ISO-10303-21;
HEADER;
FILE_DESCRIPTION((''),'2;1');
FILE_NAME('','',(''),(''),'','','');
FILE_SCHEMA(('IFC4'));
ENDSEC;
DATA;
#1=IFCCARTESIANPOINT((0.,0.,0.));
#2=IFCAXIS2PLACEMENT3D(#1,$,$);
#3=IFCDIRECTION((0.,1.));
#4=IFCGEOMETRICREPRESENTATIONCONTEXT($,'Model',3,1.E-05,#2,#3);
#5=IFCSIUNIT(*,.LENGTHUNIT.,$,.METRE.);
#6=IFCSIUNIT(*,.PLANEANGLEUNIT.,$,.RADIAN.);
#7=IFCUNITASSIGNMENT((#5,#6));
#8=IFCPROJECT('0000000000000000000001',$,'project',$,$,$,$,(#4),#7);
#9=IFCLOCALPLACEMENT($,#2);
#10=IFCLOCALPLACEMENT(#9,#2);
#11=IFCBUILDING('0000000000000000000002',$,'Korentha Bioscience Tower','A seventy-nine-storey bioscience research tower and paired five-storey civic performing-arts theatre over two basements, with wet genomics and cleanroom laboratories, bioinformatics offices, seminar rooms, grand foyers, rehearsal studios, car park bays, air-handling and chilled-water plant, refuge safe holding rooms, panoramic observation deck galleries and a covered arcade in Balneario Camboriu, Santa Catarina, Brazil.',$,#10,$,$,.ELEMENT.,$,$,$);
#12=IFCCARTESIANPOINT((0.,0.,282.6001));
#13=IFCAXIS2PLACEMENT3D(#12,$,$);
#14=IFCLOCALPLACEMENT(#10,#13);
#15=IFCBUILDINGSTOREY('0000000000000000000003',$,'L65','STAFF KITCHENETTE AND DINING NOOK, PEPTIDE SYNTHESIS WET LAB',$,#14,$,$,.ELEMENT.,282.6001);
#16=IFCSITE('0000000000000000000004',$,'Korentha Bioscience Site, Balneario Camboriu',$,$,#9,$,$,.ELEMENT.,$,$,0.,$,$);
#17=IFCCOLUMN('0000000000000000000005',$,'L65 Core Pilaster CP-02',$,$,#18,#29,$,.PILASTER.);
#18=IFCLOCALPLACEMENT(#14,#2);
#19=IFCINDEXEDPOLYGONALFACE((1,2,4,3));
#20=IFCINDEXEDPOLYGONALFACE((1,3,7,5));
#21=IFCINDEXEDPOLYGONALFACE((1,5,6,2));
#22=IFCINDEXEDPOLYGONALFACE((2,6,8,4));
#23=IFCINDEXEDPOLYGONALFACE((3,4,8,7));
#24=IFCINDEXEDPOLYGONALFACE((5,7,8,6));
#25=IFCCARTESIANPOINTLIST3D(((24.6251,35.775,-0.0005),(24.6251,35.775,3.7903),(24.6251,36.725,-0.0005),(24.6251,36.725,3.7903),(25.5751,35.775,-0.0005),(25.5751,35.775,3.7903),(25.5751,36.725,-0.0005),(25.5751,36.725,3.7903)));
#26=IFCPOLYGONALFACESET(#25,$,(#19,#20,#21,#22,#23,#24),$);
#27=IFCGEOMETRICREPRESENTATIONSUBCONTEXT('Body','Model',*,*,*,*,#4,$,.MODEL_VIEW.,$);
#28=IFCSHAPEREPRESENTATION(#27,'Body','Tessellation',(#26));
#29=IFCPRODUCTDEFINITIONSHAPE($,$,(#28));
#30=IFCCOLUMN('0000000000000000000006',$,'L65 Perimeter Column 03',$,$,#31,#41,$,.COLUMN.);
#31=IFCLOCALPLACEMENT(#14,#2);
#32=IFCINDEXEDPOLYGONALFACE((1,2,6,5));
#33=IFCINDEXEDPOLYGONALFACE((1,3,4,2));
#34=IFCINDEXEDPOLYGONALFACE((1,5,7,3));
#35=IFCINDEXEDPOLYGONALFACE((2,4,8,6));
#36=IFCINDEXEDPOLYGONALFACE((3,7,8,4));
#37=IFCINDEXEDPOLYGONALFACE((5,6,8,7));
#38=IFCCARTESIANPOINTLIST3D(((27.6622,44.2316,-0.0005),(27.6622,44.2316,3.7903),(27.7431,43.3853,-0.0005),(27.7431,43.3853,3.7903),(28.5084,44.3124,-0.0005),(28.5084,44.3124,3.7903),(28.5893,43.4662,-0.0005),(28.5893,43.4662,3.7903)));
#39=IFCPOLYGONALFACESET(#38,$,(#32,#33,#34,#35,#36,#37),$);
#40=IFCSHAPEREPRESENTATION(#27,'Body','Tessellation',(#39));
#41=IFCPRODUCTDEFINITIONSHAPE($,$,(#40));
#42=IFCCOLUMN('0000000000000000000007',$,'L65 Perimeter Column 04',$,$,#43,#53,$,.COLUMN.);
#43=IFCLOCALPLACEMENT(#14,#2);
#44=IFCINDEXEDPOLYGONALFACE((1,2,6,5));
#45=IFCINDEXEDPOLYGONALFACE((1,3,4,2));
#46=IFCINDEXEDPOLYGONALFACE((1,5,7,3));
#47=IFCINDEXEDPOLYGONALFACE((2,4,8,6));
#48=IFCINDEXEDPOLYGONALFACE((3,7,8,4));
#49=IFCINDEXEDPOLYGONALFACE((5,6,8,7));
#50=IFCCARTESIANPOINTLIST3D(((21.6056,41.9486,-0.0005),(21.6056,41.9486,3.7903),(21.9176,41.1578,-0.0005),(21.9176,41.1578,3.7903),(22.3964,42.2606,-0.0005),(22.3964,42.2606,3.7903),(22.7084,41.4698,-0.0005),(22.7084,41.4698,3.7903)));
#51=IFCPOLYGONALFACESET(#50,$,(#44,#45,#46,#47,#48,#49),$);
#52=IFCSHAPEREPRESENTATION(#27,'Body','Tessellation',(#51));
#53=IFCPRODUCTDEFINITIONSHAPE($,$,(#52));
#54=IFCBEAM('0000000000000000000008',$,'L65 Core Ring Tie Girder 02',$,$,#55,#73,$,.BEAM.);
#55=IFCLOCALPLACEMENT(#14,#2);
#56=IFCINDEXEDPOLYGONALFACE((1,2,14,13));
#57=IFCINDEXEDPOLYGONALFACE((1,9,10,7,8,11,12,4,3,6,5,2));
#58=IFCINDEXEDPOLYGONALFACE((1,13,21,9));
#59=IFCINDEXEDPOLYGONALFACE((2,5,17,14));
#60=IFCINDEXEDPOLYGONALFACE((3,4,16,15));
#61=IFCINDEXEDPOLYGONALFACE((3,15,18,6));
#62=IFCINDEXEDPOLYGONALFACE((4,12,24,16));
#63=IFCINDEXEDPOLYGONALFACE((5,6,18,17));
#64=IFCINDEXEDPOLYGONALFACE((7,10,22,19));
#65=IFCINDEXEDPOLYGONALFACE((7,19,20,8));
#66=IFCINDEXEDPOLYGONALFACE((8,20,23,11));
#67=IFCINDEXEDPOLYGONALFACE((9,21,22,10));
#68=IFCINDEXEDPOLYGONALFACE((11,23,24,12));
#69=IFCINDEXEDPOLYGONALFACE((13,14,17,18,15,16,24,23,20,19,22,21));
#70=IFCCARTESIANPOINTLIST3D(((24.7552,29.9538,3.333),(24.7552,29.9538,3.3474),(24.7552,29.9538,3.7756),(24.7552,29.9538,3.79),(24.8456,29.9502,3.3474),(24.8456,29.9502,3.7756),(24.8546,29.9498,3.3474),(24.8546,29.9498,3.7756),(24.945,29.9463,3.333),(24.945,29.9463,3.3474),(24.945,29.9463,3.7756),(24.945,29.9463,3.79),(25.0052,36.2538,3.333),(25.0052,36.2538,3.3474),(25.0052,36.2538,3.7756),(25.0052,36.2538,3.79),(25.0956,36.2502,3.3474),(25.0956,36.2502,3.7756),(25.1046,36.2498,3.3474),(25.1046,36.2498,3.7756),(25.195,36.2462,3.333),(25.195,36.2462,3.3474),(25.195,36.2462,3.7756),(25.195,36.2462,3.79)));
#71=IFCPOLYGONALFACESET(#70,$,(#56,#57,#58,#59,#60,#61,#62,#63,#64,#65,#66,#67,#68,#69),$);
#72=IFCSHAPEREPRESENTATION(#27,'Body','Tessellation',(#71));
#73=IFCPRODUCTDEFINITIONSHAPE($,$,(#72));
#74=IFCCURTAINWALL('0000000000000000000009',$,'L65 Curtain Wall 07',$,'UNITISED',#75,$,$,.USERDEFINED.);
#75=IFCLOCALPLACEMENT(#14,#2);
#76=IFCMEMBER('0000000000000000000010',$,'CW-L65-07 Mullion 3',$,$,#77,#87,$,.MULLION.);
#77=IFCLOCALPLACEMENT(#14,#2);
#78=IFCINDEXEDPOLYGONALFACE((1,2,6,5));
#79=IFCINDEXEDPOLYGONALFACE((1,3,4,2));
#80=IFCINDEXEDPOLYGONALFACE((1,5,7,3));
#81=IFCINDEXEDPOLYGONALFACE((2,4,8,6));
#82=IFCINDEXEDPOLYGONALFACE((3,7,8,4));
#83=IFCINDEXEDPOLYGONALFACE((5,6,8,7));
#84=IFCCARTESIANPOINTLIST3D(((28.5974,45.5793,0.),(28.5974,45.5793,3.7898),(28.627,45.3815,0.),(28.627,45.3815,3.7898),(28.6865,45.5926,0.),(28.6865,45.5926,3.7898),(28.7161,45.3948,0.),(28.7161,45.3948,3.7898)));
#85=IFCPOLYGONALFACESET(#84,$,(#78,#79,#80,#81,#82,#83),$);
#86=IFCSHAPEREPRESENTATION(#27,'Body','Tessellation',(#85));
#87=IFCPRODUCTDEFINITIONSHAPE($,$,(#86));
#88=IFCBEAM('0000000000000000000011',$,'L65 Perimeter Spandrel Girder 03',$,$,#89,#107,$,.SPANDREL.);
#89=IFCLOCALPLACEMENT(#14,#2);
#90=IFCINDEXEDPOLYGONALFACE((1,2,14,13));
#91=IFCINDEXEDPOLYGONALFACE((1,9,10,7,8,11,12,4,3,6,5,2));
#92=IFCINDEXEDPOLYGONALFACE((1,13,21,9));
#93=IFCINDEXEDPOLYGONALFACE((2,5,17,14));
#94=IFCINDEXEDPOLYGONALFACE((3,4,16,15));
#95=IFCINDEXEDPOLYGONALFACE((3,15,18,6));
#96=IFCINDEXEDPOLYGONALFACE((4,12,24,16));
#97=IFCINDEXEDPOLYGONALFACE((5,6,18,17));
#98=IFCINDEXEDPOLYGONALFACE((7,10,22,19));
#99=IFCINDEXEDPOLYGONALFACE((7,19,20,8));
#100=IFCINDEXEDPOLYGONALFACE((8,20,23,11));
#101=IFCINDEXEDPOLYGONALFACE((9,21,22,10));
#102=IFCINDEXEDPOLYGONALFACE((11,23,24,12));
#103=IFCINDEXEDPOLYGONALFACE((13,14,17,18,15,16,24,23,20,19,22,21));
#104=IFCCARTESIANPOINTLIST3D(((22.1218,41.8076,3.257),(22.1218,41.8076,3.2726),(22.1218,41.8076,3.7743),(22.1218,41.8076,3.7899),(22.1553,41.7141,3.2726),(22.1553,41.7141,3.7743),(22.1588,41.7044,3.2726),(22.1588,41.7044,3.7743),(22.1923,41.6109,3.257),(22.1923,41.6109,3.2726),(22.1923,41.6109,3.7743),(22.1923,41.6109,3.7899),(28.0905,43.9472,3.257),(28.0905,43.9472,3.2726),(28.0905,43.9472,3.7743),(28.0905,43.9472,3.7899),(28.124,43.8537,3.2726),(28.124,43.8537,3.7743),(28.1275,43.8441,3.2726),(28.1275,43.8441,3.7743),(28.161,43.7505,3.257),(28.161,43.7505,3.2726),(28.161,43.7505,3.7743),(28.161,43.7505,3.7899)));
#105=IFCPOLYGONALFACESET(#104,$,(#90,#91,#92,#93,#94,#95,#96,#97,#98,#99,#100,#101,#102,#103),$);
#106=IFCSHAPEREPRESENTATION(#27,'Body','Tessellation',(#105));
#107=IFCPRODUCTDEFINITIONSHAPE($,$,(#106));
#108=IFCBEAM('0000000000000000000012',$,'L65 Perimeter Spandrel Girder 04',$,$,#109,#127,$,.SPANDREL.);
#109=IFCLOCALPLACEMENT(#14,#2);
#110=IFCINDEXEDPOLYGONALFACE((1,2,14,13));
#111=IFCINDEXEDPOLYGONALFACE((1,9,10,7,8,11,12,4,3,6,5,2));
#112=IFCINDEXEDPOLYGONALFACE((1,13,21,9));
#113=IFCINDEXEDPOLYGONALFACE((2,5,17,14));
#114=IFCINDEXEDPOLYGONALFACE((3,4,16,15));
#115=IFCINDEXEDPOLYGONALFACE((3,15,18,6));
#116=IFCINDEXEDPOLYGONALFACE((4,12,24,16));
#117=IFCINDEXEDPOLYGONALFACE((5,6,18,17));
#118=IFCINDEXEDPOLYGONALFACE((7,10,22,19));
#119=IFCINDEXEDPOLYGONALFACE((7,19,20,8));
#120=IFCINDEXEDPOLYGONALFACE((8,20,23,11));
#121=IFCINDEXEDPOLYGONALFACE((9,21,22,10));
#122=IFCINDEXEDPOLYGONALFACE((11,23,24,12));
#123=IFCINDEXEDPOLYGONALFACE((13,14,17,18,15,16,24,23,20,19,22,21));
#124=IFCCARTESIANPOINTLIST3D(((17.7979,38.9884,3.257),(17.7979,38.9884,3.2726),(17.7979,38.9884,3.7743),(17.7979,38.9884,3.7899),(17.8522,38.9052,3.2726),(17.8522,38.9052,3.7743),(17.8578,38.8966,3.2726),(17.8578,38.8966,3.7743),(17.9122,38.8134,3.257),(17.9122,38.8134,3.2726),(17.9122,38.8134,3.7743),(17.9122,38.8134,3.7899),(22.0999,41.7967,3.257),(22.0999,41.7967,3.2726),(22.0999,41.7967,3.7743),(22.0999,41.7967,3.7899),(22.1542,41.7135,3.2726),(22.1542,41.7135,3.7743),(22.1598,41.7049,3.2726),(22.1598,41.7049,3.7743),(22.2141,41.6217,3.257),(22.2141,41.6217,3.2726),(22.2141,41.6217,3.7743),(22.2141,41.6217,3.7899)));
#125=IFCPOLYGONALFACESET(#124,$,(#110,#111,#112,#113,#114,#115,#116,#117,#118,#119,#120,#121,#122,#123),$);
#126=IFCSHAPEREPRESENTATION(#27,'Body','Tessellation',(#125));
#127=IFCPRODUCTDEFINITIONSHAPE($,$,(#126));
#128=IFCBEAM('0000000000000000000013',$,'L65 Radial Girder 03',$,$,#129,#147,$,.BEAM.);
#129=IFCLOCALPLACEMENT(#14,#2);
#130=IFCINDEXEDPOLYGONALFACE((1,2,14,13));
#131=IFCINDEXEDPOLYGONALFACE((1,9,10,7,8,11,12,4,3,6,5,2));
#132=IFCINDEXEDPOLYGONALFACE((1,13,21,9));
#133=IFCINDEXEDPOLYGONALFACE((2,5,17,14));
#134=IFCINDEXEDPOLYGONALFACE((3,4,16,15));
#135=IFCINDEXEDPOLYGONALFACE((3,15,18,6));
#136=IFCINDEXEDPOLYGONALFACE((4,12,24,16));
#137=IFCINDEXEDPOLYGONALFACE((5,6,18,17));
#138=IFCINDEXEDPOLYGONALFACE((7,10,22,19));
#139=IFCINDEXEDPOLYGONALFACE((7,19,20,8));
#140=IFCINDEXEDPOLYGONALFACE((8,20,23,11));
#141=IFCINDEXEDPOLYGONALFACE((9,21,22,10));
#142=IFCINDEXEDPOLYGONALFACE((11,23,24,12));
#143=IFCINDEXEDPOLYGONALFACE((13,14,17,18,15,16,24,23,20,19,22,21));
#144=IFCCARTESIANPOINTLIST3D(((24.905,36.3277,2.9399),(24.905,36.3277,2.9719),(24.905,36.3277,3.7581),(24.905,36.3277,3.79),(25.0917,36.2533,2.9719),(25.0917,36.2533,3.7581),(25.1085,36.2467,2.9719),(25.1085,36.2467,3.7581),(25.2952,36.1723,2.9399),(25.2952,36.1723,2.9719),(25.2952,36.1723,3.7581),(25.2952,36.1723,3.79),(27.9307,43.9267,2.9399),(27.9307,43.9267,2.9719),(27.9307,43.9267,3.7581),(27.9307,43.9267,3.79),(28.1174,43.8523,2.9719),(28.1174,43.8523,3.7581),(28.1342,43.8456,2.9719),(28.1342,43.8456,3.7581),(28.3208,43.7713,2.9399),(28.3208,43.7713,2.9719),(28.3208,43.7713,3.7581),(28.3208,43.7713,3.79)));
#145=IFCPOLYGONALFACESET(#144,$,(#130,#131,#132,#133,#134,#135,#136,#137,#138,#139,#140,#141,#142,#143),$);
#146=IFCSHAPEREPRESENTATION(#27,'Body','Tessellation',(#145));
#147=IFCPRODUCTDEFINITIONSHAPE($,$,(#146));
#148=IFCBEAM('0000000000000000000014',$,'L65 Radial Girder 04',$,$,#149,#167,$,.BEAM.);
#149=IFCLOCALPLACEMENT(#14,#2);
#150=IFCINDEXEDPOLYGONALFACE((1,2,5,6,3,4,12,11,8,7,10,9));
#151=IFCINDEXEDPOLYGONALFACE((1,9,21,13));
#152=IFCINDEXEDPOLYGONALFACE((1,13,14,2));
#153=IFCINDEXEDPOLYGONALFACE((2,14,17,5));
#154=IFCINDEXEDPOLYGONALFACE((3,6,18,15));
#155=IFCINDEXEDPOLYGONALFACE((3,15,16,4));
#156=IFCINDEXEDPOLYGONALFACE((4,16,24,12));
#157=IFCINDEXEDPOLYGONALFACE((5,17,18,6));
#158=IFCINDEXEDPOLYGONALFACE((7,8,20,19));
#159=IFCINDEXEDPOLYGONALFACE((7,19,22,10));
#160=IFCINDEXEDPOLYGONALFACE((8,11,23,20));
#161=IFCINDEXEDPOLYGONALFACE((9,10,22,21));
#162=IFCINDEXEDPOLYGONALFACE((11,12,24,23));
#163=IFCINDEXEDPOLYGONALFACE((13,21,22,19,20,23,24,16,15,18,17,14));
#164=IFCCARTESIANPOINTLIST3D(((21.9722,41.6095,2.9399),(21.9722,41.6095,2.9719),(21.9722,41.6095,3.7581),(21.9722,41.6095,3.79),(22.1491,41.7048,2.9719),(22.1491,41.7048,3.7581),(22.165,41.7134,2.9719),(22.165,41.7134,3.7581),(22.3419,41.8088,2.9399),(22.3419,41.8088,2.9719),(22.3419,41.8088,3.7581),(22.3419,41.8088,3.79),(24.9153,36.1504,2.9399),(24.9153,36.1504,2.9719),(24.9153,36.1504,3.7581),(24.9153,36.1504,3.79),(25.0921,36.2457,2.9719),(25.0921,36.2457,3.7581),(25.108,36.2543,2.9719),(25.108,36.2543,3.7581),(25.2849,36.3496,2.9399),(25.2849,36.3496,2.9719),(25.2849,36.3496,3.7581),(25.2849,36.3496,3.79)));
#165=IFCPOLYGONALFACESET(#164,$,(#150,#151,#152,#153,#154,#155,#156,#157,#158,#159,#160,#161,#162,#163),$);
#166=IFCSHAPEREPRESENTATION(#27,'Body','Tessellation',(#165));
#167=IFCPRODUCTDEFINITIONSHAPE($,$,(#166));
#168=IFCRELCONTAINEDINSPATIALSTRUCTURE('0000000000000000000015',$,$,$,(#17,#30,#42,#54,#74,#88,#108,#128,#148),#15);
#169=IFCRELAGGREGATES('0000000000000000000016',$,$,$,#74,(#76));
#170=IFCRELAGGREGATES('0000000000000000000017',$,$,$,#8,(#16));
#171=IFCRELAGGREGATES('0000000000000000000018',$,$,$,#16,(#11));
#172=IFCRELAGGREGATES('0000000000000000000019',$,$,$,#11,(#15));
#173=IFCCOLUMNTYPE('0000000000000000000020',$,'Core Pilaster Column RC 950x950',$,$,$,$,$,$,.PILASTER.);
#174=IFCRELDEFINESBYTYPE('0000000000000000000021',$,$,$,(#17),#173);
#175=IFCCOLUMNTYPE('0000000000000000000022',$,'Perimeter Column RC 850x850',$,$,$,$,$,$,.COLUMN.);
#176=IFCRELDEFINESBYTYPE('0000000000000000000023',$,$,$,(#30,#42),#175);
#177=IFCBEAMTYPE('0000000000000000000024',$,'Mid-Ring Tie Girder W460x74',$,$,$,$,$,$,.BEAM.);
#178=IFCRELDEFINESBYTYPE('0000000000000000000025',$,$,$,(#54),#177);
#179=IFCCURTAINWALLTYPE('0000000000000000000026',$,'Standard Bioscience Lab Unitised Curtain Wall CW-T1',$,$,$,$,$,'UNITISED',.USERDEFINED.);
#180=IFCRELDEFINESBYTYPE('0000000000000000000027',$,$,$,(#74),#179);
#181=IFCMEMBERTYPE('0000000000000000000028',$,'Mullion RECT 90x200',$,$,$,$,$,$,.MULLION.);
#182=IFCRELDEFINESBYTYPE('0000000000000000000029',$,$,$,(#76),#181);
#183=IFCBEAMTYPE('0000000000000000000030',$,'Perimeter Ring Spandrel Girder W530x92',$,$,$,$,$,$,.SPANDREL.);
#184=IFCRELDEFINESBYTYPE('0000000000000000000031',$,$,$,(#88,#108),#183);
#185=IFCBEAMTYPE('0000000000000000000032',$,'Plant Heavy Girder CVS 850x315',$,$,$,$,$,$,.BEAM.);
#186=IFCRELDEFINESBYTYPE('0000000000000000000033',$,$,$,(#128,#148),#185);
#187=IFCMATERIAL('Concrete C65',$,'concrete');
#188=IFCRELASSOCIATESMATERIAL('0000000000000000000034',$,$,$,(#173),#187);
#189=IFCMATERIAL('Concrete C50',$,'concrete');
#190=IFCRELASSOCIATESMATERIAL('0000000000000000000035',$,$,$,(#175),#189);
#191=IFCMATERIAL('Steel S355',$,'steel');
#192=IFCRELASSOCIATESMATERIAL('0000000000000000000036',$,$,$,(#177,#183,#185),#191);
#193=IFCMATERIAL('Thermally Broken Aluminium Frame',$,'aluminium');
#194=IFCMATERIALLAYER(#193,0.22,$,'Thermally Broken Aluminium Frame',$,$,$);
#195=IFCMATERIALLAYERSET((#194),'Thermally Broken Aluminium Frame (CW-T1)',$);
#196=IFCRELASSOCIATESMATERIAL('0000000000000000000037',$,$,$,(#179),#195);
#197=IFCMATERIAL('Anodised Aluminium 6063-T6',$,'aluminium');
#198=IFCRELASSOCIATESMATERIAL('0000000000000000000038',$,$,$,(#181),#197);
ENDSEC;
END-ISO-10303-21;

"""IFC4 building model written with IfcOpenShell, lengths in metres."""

from ifc_helpers import new_model, si_unit, direction, frame, origin, origin_2d, place, context, subcontext, project, spatial, rectangle, i_section, extrude, material, layer, layer_set, material_profile, profile_set, type_object, element, aggregate, save


model = new_model("IFC4")

# Units and contexts
model_context = context("Model", 3, precision=1e-05, world=origin(), true_north=direction((0.0, 1.0)))
body_context = subcontext(model_context, "Body", "Model", "MODEL_VIEW")
ifc_project = project(units=[si_unit("LENGTHUNIT", "METRE"), si_unit("PLANEANGLEUNIT", "RADIAN")], contexts=[model_context])

# Site, building, storey
site_placement = place(None, origin())
site = spatial("IfcSite", under=ifc_project, at=site_placement, Name="Korentha Bioscience Site, Balneario Camboriu", CompositionType="ELEMENT", RefElevation=0.0)
building_placement = place(site_placement, origin())
building = spatial("IfcBuilding", under=site, at=building_placement, Name="Korentha Bioscience Tower", Description="A seventy-nine-storey bioscience research tower and paired five-storey civic performing-arts theatre over two basements, with wet genomics and cleanroom laboratories, bioinformatics offices, seminar rooms, grand foyers, rehearsal studios, car park bays, air-handling and chilled-water plant, refuge safe holding rooms, panoramic observation deck galleries and a covered arcade in Balneario Camboriu, Santa Catarina, Brazil.", CompositionType="ELEMENT")
storey_placement = place(building_placement, frame((0.0, 0.0, 282.6001)))
storey = spatial("IfcBuildingStorey", under=building, at=storey_placement, Name="L65", Description="STAFF KITCHENETTE AND DINING NOOK, PEPTIDE SYNTHESIS WET LAB", CompositionType="ELEMENT", Elevation=282.6001)

# Columns
ifc_material_1 = material(Name="Concrete C65", Category="concrete")
ifc_material_profile_1 = material_profile(ifc_material_1, rectangle(XDim=0.95, YDim=0.95, at=origin_2d()), Name="Concrete C65")
ifc_profile_set_1 = profile_set([ifc_material_profile_1], Name="Concrete C65 (COL-CP09)")
column_type_1 = type_object("IfcColumnType", Name="Core Pilaster Column RC 950x950", PredefinedType="PILASTER", material=ifc_profile_set_1)
column_placement = place(storey_placement, frame((25.1001, 36.25, -0.0005), z_axis=(0.0, 0.0, 1.0), x_axis=(1.0, 0.0, 0.0)))
element("IfcColumn", 1, at=column_placement, inside=storey, type_object=column_type_1, Name="L65 Core Pilaster CP-02", PredefinedType="PILASTER", context=body_context, shape_type="SweptSolid", body=[
    extrude(rectangle(XDim=0.95, YDim=0.95, at=origin_2d()), origin(), (0.0, 0.0, 1.0), 3.7908),
])
ifc_material_2 = material(Name="Concrete C50", Category="concrete")
ifc_material_profile_2 = material_profile(ifc_material_2, rectangle(XDim=0.8501, YDim=0.8501, at=origin_2d()), Name="Concrete C50")
ifc_profile_set_2 = profile_set([ifc_material_profile_2], Name="Concrete C50 (COL-P08)")
column_type_2 = type_object("IfcColumnType", Name="Perimeter Column RC 850x850", PredefinedType="COLUMN", material=ifc_profile_set_2)
for number, where, z_axis, x_axis, name in (
    (2, (28.1257, 43.8489, -0.0005), (0.0, 0.0, 1.0), (0.995463, 0.095151, 0.0), "L65 Perimeter Column 03"),
    (3, (22.157, 41.7092, -0.0005), (0.0, 0.0, 1.0), (0.930226, 0.366988, 0.0), "L65 Perimeter Column 04"),
):
    element("IfcColumn", number, at=place(storey_placement, frame(where, z_axis=z_axis, x_axis=x_axis)), inside=storey, type_object=column_type_2, Name=name, PredefinedType="COLUMN", context=body_context, shape_type="SweptSolid", body=[
        extrude(rectangle(XDim=0.8501, YDim=0.8501, at=origin_2d()), origin(), (0.0, 0.0, 1.0), 3.7908),
    ])

# Beam
ifc_material_3 = material(Name="Steel S355", Category="steel")
ifc_material_profile_3 = material_profile(ifc_material_3, i_section(OverallWidth=0.1899, OverallDepth=0.457, WebThickness=0.009, FlangeThickness=0.0144, at=origin_2d()), Name="Steel S355")
ifc_profile_set_3 = profile_set([ifc_material_profile_3], Name="Steel S355 (MB-460)")
beam_type_1 = type_object("IfcBeamType", Name="Mid-Ring Tie Girder W460x74", PredefinedType="BEAM", material=ifc_profile_set_3)
beam_1_placement = place(storey_placement, frame((25.1001, 36.25, 3.5615), z_axis=(-0.039651, -0.999214, 0.0), x_axis=(0.999214, -0.039651, 0.0)))
element("IfcBeam", 4, at=beam_1_placement, inside=storey, type_object=beam_type_1, Name="L65 Core Ring Tie Girder 02", PredefinedType="BEAM", context=body_context, shape_type="SweptSolid", body=[
    extrude(i_section(OverallWidth=0.1899, OverallDepth=0.457, WebThickness=0.009, FlangeThickness=0.0144, at=origin_2d()), origin(), (0.0, 0.0, 1.0), 6.3049),
])

# Curtain wall, member
ifc_material_4 = material(Name="Thermally Broken Aluminium Frame", Category="aluminium")
ifc_layer_1 = layer(ifc_material_4, 0.22, Name="Thermally Broken Aluminium Frame")
ifc_layer_set_1 = layer_set([ifc_layer_1], Name="Thermally Broken Aluminium Frame (CW-T1)")
curtain_wall_type = type_object("IfcCurtainWallType", Name="Standard Bioscience Lab Unitised Curtain Wall CW-T1", ElementType="UNITISED", PredefinedType="USERDEFINED", material=ifc_layer_set_1)
curtain_wall_placement = place(storey_placement, origin())
curtain_wall = element("IfcCurtainWall", 5, at=curtain_wall_placement, inside=storey, type_object=curtain_wall_type, Name="L65 Curtain Wall 07", ObjectType="UNITISED", PredefinedType="USERDEFINED")
ifc_material_5 = material(Name="Anodised Aluminium 6063-T6", Category="aluminium")
ifc_material_profile_4 = material_profile(ifc_material_5, rectangle(XDim=0.0901, YDim=0.2, at=origin_2d()), Name="Anodised Aluminium 6063-T6")
ifc_profile_set_4 = profile_set([ifc_material_profile_4], Name="Anodised Aluminium 6063-T6 (CW-MUL)")
member_type = type_object("IfcMemberType", Name="Mullion RECT 90x200", PredefinedType="MULLION", material=ifc_profile_set_4)
member_placement = place(storey_placement, frame((28.6567, 45.4871, 0.0), z_axis=(0.0, 0.0, 1.0), x_axis=(-0.989007, -0.147871, 0.0)))
member = element("IfcMember", 6, at=member_placement, type_object=member_type, Name="CW-L65-07 Mullion 3", PredefinedType="MULLION", context=body_context, shape_type="SweptSolid", body=[
    extrude(rectangle(XDim=0.0901, YDim=0.2, at=origin_2d()), origin(), (0.0, 0.0, 1.0), 3.7898),
])
aggregate(curtain_wall, [member])

# Beams
ifc_material_profile_5 = material_profile(ifc_material_3, i_section(OverallWidth=0.209, OverallDepth=0.533, WebThickness=0.0103, FlangeThickness=0.0156, at=origin_2d()), Name="Steel S355")
ifc_profile_set_5 = profile_set([ifc_material_profile_5], Name="Steel S355 (SB-530)")
beam_type_2 = type_object("IfcBeamType", Name="Perimeter Ring Spandrel Girder W530x92", PredefinedType="SPANDREL", material=ifc_profile_set_5)
beam_2_placement = place(storey_placement, frame((28.1257, 43.8489, 3.5234), z_axis=(-0.941344, -0.337448, 0.0), x_axis=(0.337448, -0.941344, 0.0)))
element("IfcBeam", 7, at=beam_2_placement, inside=storey, type_object=beam_type_2, Name="L65 Perimeter Spandrel Girder 03", PredefinedType="SPANDREL", context=body_context, shape_type="SweptSolid", body=[
    extrude(i_section(OverallWidth=0.209, OverallDepth=0.533, WebThickness=0.0103, FlangeThickness=0.0156, at=origin_2d()), origin(), (0.0, 0.0, 1.0), 6.3406),
])
beam_3_placement = place(storey_placement, frame((22.157, 41.7092, 3.5234), z_axis=(-0.83737, -0.546636, 0.0), x_axis=(0.546636, -0.83737, 0.0)))
element("IfcBeam", 8, at=beam_3_placement, inside=storey, type_object=beam_type_2, Name="L65 Perimeter Spandrel Girder 04", PredefinedType="SPANDREL", context=body_context, shape_type="SweptSolid", body=[
    extrude(i_section(OverallWidth=0.209, OverallDepth=0.533, WebThickness=0.0103, FlangeThickness=0.0156, at=origin_2d()), origin(), (0.0, 0.0, 1.0), 5.1375),
])
ifc_material_profile_6 = material_profile(ifc_material_3, i_section(OverallWidth=0.4199, OverallDepth=0.8501, WebThickness=0.0181, FlangeThickness=0.032, at=origin_2d()), Name="Steel S355")
ifc_profile_set_6 = profile_set([ifc_material_profile_6], Name="Steel S355 (MB-850)")
beam_type_3 = type_object("IfcBeamType", Name="Plant Heavy Girder CVS 850x315", PredefinedType="BEAM", material=ifc_profile_set_6)
beam_4_placement = place(storey_placement, frame((25.1001, 36.25, 3.365), z_axis=(0.369923, 0.929062, 0.0), x_axis=(-0.929062, 0.369923, 0.0)))
element("IfcBeam", 9, at=beam_4_placement, inside=storey, type_object=beam_type_3, Name="L65 Radial Girder 03", PredefinedType="BEAM", context=body_context, shape_type="SweptSolid", body=[
    extrude(i_section(OverallWidth=0.4199, OverallDepth=0.8501, WebThickness=0.0181, FlangeThickness=0.032, at=origin_2d()), origin(), (0.0, 0.0, 1.0), 8.1792),
])
beam_5_placement = place(storey_placement, frame((25.1001, 36.25, 3.365), z_axis=(-0.474541, 0.880233, 0.0), x_axis=(-0.880233, -0.474541, 0.0)))
element("IfcBeam", 10, at=beam_5_placement, inside=storey, type_object=beam_type_3, Name="L65 Radial Girder 04", PredefinedType="BEAM", context=body_context, shape_type="SweptSolid", body=[
    extrude(i_section(OverallWidth=0.4199, OverallDepth=0.8501, WebThickness=0.0181, FlangeThickness=0.032, at=origin_2d()), origin(), (0.0, 0.0, 1.0), 6.2019),
])

save(model, "model.ifc")
